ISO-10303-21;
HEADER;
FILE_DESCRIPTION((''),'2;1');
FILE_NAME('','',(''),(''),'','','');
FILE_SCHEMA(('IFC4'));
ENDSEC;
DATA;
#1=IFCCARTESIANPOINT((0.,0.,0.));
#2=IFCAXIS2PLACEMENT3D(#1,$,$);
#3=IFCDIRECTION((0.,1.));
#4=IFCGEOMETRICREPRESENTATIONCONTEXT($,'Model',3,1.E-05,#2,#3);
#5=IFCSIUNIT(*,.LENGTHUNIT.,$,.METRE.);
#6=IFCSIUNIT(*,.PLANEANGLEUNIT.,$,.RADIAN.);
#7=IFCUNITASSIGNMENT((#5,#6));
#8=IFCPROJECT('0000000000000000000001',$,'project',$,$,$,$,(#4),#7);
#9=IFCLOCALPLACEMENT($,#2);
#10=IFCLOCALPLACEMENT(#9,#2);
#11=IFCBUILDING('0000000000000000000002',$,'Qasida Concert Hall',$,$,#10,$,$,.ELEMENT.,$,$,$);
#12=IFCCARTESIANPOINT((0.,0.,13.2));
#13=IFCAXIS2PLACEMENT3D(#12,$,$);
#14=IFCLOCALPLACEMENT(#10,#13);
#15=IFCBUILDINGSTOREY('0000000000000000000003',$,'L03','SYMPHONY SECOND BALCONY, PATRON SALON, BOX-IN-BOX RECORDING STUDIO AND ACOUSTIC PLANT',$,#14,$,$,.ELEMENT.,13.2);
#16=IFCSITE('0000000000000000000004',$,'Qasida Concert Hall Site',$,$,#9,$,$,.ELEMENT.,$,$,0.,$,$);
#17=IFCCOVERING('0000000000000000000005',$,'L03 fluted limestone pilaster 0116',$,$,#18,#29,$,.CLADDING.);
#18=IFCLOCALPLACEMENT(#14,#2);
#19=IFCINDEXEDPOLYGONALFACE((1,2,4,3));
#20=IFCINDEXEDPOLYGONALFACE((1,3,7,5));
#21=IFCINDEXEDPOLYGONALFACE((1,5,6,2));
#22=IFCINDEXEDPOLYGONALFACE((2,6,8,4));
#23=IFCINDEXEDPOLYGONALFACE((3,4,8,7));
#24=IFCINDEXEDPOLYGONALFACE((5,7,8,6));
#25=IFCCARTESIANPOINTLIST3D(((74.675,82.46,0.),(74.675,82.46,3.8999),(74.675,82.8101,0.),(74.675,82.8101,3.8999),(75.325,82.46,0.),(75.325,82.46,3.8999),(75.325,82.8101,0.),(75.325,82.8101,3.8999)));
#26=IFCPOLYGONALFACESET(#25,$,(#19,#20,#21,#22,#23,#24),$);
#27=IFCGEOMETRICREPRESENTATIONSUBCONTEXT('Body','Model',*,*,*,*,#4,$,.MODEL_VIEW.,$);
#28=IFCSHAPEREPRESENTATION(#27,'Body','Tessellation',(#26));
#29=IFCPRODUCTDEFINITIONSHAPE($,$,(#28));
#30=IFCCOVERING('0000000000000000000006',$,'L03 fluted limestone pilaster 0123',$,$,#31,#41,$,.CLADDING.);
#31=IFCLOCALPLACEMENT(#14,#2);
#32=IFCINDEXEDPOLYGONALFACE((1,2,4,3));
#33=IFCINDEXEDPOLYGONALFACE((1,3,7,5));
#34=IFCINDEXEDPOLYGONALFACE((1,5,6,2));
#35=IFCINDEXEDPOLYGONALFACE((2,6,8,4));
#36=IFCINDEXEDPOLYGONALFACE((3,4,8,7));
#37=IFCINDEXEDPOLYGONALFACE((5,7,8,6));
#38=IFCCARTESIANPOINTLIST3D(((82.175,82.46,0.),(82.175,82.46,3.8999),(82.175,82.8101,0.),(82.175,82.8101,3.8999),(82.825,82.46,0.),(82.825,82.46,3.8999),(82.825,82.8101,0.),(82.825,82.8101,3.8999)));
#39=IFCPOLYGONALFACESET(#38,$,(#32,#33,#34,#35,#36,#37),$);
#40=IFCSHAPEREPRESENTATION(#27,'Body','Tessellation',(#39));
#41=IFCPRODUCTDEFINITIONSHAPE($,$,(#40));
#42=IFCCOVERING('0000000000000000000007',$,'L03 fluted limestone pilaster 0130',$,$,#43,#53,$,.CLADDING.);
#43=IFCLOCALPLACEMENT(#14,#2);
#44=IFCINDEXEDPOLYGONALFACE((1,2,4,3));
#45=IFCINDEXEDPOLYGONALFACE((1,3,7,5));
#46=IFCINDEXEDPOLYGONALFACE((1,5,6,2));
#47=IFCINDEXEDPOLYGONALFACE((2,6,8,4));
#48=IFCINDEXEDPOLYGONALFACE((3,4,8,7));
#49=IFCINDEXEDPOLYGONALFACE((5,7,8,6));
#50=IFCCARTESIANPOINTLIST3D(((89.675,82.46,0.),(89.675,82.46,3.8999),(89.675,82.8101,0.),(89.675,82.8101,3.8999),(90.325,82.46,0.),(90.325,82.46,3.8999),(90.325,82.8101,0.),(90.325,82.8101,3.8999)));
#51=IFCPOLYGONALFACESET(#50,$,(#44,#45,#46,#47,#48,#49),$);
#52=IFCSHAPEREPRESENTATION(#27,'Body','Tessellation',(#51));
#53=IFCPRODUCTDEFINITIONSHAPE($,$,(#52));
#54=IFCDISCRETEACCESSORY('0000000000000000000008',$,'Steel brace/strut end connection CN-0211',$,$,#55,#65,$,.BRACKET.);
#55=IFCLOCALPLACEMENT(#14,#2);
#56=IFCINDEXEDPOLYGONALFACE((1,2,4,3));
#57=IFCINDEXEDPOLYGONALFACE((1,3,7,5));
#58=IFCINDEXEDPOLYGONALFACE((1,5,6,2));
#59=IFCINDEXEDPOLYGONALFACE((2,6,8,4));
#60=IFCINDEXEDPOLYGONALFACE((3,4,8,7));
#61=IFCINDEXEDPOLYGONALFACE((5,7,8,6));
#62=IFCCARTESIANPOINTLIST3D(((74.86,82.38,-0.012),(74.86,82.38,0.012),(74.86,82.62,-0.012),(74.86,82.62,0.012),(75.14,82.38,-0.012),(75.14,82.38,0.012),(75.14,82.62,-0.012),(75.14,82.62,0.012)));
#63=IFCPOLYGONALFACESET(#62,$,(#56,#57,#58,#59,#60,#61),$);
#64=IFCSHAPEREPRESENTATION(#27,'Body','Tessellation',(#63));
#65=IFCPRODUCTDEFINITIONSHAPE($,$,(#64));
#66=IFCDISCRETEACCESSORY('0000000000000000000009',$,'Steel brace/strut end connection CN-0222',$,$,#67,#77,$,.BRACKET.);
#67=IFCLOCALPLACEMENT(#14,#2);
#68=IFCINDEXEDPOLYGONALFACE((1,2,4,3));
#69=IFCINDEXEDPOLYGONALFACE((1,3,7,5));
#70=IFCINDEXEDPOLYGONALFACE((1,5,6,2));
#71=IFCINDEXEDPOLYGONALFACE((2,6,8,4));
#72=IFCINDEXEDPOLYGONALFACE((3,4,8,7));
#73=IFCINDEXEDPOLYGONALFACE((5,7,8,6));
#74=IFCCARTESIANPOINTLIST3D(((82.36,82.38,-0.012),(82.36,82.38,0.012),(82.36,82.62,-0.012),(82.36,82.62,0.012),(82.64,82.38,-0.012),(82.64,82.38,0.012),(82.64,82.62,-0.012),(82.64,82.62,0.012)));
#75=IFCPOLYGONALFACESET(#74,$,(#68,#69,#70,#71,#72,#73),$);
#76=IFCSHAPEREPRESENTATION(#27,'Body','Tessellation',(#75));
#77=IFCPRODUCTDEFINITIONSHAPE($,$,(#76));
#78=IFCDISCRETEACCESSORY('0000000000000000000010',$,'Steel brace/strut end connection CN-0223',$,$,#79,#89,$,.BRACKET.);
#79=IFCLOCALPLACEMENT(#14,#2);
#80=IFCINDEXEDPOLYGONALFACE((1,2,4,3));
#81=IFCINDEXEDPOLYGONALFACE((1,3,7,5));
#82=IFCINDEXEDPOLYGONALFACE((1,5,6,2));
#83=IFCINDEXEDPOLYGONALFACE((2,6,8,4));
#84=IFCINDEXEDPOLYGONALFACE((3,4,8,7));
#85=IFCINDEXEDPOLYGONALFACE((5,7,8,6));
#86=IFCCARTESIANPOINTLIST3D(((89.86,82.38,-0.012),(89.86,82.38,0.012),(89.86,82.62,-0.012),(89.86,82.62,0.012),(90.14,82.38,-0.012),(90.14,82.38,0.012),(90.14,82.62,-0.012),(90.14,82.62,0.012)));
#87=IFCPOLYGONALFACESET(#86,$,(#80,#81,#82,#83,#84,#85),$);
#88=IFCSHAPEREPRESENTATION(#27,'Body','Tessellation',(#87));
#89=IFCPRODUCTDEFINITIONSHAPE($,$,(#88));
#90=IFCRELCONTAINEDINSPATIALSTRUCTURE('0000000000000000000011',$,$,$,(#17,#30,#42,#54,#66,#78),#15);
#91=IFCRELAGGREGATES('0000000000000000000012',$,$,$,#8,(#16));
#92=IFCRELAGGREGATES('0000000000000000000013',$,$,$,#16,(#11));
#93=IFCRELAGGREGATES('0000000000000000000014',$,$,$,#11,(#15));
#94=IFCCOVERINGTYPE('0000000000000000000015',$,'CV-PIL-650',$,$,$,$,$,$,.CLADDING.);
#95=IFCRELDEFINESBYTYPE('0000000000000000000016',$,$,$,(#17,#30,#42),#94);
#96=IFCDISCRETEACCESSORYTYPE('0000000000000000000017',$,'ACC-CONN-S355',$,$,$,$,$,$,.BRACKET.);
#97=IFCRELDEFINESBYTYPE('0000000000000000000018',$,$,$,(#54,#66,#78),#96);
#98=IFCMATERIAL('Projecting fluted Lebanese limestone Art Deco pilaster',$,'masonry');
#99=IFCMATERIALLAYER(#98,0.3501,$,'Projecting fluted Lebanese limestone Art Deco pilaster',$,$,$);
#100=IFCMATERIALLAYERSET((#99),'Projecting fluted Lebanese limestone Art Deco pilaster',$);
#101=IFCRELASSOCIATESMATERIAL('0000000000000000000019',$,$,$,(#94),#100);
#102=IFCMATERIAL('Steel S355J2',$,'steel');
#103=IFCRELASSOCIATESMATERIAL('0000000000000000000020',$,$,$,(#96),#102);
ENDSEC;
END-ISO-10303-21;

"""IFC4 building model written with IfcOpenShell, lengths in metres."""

from ifc_helpers import new_model, si_unit, direction, frame, origin, origin_2d, place, context, subcontext, project, spatial, rectangle, extrude, material, layer, layer_set, type_object, element, save


model = new_model("IFC4")

# Units and contexts
model_context = context("Model", 3, precision=1e-05, world=origin(), true_north=direction((0.0, 1.0)))
body_context = subcontext(model_context, "Body", "Model", "MODEL_VIEW")
ifc_project = project(units=[si_unit("LENGTHUNIT", "METRE"), si_unit("PLANEANGLEUNIT", "RADIAN")], contexts=[model_context])

# Site, building, storey
site_placement = place(None, origin())
site = spatial("IfcSite", under=ifc_project, at=site_placement, Name="Qasida Concert Hall Site", CompositionType="ELEMENT", RefElevation=0.0)
building_placement = place(site_placement, origin())
building = spatial("IfcBuilding", under=site, at=building_placement, Name="Qasida Concert Hall", CompositionType="ELEMENT")
storey_placement = place(building_placement, frame((0.0, 0.0, 13.2)))
storey = spatial("IfcBuildingStorey", under=building, at=storey_placement, Name="L03", Description="SYMPHONY SECOND BALCONY, PATRON SALON, BOX-IN-BOX RECORDING STUDIO AND ACOUSTIC PLANT", CompositionType="ELEMENT", Elevation=13.2)

# Shared definitions
ifc_material_1 = material(Name="Steel S355J2", Category="steel")

# Coverings
ifc_material_2 = material(Name="Projecting fluted Lebanese limestone Art Deco pilaster", Category="masonry")
ifc_layer_1 = layer(ifc_material_2, 0.3501, Name="Projecting fluted Lebanese limestone Art Deco pilaster")
ifc_layer_set_1 = layer_set([ifc_layer_1], Name="Projecting fluted Lebanese limestone Art Deco pilaster")
covering_type = type_object("IfcCoveringType", Name="CV-PIL-650", PredefinedType="CLADDING", material=ifc_layer_set_1)
for number, where, z_axis, x_axis, name in (
    (1, (75.0, 82.635, 0.0), (0.0, 0.0, 1.0), (1.0, 0.0, 0.0), "L03 fluted limestone pilaster 0116"),
    (2, (82.5, 82.635, 0.0), (0.0, 0.0, 1.0), (1.0, 0.0, 0.0), "L03 fluted limestone pilaster 0123"),
    (3, (90.0, 82.635, 0.0), (0.0, 0.0, 1.0), (1.0, 0.0, 0.0), "L03 fluted limestone pilaster 0130"),
):
    element("IfcCovering", number, at=place(storey_placement, frame(where, z_axis=z_axis, x_axis=x_axis)), inside=storey, type_object=covering_type, Name=name, PredefinedType="CLADDING", context=body_context, shape_type="SweptSolid", body=[
        extrude(rectangle(XDim=0.6499, YDim=0.3501, at=origin_2d()), origin(), (0.0, 0.0, 1.0), 3.8999),
    ])

# Discrete accessories
discrete_accessory_type = type_object("IfcDiscreteAccessoryType", Name="ACC-CONN-S355", PredefinedType="BRACKET", material=ifc_material_1)
for number, where, z_axis, x_axis, name in (
    (4, (75.0, 82.5, -0.012), (0.0, 0.0, 1.0), (1.0, 0.0, 0.0), "Steel brace/strut end connection CN-0211"),
    (5, (82.5, 82.5, -0.012), (0.0, 0.0, 1.0), (1.0, 0.0, 0.0), "Steel brace/strut end connection CN-0222"),
    (6, (90.0, 82.5, -0.012), (0.0, 0.0, 1.0), (1.0, 0.0, 0.0), "Steel brace/strut end connection CN-0223"),
):
    element("IfcDiscreteAccessory", number, at=place(storey_placement, frame(where, z_axis=z_axis, x_axis=x_axis)), inside=storey, type_object=discrete_accessory_type, Name=name, PredefinedType="BRACKET", context=body_context, shape_type="SweptSolid", body=[
        extrude(rectangle(XDim=0.28, YDim=0.24, at=origin_2d()), origin(), (0.0, 0.0, 1.0), 0.0239),
    ])

save(model, "model.ifc")
